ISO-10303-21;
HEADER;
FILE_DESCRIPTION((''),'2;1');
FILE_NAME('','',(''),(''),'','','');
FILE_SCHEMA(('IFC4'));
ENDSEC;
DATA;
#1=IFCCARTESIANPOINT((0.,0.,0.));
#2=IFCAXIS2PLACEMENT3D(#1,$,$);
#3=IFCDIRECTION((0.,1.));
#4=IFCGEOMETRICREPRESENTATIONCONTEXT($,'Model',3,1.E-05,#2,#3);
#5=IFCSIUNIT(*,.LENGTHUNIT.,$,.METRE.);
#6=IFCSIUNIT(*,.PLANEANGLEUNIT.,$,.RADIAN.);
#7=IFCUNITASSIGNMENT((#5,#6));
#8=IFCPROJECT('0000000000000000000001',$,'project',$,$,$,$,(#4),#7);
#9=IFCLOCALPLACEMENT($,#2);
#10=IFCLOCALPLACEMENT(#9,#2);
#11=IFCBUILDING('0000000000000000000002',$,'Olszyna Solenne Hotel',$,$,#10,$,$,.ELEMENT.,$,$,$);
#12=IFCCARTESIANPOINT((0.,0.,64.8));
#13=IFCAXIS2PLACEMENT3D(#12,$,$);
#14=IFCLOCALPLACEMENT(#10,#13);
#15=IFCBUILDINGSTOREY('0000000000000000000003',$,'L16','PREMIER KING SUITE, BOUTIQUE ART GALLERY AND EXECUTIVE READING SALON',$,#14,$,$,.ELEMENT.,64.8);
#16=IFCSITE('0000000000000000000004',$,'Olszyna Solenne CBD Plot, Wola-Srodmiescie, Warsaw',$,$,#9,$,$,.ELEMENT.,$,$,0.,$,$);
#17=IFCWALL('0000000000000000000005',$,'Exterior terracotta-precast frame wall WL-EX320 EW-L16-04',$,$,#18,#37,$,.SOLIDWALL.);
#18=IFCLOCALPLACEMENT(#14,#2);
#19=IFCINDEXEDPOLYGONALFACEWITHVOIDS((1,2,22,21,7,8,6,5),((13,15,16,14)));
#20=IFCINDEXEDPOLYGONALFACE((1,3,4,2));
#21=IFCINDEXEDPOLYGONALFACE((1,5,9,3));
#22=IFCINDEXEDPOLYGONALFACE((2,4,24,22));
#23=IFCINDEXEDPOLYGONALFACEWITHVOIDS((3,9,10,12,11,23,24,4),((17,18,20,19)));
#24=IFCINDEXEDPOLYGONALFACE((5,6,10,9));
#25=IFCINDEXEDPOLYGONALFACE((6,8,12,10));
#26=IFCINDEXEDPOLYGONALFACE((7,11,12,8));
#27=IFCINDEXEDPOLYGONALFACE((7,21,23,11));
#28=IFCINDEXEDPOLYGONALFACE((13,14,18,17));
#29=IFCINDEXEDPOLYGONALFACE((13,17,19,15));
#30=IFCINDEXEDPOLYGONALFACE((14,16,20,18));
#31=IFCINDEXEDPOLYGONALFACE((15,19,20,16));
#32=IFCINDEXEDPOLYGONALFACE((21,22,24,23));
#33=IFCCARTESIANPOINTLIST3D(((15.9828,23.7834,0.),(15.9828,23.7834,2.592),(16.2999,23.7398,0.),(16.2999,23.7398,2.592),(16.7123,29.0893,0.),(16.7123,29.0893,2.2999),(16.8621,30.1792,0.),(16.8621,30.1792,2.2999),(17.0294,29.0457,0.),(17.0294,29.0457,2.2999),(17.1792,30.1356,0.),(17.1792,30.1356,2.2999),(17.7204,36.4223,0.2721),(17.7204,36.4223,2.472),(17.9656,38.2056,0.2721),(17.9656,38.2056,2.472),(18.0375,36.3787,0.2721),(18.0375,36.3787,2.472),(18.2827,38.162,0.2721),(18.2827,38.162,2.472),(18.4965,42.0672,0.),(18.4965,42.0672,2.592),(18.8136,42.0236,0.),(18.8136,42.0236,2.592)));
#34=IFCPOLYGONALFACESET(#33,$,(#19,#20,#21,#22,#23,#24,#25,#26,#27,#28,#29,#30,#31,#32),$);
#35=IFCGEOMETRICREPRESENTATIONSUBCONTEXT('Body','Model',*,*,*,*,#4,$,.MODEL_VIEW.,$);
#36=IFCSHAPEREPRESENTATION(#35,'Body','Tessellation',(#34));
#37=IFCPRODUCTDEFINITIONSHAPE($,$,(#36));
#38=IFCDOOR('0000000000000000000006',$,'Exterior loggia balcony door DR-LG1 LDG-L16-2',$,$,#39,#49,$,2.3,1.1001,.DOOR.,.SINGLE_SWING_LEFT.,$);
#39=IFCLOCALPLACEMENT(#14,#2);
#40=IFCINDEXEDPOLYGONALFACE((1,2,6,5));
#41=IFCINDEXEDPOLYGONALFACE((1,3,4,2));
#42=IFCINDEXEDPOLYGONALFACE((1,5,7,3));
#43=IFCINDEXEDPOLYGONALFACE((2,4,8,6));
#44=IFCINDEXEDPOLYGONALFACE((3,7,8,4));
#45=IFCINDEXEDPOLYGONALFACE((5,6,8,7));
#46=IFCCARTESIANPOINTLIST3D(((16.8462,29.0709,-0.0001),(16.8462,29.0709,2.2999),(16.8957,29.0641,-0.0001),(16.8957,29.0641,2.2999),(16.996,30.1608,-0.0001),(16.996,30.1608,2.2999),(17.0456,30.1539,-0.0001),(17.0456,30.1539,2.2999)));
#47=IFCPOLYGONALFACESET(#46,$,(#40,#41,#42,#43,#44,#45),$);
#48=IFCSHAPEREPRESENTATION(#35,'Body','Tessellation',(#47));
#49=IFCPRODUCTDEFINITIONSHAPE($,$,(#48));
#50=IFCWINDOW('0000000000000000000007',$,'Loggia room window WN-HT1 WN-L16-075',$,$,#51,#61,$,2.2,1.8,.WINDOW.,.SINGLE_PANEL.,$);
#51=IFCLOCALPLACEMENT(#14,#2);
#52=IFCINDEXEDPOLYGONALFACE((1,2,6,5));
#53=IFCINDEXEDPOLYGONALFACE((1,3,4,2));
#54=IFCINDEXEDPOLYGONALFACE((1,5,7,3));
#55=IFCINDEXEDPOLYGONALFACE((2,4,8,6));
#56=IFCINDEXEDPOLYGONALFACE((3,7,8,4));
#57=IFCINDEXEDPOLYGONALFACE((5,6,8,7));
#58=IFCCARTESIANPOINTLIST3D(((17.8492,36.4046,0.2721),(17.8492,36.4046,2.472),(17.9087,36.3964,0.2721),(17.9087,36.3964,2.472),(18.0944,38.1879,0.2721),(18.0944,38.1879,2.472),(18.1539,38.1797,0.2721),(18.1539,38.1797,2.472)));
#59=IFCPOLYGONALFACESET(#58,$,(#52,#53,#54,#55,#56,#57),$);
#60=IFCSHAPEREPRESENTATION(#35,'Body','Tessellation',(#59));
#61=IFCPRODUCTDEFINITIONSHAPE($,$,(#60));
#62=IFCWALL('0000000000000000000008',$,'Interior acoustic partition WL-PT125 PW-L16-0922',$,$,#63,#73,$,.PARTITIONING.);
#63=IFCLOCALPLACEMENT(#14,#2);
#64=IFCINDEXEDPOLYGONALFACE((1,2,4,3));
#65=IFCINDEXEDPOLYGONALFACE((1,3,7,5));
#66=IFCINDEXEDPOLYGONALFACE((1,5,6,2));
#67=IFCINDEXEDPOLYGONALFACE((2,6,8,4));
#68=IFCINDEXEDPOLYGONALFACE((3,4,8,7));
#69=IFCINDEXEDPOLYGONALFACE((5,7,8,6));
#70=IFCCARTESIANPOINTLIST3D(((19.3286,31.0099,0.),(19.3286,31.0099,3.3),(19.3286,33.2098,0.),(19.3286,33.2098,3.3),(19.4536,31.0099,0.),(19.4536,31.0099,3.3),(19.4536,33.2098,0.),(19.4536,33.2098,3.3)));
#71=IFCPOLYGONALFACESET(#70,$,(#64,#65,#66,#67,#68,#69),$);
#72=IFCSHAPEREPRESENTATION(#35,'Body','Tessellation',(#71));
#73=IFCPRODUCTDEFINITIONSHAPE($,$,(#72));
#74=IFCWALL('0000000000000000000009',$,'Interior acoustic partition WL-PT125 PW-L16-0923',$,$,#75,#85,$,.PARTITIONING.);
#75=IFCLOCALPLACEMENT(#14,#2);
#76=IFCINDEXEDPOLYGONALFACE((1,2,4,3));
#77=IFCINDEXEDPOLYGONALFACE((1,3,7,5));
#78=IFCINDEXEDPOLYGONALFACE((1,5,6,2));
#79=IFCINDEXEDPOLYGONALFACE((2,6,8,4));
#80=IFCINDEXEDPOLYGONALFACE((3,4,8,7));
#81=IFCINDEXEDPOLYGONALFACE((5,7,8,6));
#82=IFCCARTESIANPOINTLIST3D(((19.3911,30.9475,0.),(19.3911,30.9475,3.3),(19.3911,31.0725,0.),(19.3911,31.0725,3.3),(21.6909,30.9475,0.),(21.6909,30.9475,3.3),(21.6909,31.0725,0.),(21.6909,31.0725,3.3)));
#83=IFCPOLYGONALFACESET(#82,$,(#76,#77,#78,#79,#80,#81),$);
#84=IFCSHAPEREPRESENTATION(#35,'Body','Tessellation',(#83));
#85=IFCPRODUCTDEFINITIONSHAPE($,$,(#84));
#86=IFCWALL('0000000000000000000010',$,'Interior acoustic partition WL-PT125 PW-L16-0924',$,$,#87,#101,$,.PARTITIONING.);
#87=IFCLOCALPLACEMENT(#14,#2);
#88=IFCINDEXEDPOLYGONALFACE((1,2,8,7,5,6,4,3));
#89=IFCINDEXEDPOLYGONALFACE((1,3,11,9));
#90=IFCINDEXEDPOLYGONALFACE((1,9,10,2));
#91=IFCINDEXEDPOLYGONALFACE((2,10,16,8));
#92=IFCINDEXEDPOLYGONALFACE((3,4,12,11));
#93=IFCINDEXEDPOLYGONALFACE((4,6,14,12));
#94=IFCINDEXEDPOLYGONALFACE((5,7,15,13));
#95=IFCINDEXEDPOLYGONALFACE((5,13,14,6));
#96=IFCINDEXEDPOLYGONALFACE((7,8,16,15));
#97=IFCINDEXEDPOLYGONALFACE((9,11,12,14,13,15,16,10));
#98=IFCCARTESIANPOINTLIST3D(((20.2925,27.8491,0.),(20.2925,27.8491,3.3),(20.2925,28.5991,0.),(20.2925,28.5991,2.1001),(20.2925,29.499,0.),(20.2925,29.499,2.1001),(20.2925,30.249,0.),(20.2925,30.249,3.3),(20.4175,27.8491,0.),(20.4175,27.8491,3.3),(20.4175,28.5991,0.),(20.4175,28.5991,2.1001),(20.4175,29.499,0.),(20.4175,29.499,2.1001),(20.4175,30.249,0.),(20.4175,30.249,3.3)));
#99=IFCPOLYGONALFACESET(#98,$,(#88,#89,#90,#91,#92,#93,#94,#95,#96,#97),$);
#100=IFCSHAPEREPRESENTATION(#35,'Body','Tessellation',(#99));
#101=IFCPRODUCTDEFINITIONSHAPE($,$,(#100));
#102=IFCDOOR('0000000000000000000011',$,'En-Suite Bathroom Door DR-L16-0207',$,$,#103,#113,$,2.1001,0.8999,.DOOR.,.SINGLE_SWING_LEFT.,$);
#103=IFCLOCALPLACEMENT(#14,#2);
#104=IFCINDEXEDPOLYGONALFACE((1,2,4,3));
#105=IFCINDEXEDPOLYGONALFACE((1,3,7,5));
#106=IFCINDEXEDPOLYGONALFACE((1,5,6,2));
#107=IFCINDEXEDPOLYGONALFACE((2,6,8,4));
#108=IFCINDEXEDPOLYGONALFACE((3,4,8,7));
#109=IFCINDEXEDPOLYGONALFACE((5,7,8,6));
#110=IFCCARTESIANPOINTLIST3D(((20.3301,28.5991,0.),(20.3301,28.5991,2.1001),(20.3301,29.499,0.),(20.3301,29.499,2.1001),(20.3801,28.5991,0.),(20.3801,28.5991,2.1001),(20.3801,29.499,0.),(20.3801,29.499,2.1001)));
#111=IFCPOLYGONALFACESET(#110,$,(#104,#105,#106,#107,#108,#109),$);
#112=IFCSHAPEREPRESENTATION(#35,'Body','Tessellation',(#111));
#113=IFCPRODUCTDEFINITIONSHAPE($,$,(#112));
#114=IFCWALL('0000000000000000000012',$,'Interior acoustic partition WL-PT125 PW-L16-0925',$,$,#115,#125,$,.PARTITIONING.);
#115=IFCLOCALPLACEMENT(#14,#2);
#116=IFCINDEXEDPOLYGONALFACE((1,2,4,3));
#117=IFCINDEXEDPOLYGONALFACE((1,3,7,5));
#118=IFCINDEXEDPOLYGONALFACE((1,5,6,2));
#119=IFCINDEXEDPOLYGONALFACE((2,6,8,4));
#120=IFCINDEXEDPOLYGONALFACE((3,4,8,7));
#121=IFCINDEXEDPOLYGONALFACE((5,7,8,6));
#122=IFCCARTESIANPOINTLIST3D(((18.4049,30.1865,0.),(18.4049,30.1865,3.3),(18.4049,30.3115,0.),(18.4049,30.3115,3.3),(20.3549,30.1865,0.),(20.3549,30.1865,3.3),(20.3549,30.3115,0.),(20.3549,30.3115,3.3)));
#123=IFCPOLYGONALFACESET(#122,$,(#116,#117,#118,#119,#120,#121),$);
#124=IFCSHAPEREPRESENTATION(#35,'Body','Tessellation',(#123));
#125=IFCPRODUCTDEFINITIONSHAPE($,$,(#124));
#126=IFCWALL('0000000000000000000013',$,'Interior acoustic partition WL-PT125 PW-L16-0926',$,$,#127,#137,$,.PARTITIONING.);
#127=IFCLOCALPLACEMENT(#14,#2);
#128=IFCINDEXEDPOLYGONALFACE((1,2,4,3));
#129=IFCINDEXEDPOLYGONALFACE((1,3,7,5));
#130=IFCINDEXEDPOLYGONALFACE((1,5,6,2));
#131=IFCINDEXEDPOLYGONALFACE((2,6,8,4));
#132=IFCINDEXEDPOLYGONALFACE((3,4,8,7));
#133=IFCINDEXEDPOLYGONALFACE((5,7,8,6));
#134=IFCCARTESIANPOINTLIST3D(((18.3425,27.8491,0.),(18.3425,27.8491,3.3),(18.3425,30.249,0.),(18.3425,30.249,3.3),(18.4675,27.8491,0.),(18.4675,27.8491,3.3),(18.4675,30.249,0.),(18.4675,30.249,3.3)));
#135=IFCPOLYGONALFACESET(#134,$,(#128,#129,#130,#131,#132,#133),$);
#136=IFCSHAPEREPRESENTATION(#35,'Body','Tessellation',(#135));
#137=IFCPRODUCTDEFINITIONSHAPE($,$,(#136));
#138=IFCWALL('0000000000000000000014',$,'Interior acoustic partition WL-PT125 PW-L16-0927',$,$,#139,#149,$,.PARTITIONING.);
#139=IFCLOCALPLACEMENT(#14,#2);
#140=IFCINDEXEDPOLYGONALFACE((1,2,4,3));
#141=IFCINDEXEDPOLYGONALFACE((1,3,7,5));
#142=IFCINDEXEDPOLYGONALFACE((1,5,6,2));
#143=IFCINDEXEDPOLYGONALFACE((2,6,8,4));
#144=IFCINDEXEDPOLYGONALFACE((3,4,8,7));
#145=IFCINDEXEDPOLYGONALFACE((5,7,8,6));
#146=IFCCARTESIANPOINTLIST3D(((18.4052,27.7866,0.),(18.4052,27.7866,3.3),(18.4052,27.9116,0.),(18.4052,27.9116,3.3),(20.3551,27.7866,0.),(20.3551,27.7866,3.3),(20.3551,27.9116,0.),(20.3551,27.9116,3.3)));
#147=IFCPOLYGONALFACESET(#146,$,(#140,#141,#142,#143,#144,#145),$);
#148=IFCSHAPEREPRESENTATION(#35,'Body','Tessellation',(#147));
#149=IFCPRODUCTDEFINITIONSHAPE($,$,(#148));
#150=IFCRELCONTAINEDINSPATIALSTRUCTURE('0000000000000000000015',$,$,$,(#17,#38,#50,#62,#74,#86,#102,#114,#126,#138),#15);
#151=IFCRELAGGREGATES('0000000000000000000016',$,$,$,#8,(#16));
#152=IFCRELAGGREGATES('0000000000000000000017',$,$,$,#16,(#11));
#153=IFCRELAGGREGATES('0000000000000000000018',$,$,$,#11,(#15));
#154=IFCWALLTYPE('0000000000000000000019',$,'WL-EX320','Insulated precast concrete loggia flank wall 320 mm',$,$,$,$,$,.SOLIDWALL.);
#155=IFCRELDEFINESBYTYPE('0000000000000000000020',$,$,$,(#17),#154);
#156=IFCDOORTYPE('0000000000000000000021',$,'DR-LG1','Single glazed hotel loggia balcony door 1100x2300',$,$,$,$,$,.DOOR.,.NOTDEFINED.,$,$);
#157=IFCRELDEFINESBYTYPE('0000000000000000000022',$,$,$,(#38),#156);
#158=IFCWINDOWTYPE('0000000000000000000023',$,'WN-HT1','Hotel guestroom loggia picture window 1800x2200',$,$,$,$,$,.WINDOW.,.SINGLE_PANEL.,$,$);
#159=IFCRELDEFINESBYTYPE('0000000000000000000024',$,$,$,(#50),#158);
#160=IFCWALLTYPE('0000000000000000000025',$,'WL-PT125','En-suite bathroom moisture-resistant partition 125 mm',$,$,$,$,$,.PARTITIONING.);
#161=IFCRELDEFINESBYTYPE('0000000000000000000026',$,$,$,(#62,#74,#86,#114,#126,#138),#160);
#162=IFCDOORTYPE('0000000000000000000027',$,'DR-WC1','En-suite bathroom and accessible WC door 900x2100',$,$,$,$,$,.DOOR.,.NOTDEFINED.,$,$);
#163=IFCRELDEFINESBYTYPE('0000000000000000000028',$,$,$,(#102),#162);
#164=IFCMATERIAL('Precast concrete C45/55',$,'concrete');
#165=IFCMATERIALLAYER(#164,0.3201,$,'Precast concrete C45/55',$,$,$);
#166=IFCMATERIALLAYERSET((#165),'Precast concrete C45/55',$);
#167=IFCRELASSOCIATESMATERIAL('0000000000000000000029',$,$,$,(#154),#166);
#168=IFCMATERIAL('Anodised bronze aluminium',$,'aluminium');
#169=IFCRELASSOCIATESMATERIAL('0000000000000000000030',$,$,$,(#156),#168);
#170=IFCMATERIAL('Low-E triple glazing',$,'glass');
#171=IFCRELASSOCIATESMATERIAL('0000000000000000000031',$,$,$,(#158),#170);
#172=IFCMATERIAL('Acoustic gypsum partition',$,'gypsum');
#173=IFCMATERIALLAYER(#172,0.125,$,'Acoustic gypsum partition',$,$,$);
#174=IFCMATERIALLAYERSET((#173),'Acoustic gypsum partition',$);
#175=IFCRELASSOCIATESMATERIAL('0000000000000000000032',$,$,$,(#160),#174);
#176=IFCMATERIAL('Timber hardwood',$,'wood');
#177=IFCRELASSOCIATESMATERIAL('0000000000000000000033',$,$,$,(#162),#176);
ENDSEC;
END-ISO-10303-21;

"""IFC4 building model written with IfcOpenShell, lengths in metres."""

from ifc_helpers import new_model, si_unit, direction, frame, frame_2d, origin, place, context, subcontext, project, spatial, rectangle, extrude, source, transform, mapped, material, layer, layer_set, type_object, type_shapes, element, fill, save


model = new_model("IFC4")

# Units and contexts
model_context = context("Model", 3, precision=1e-05, world=origin(), true_north=direction((0.0, 1.0)))
body_context = subcontext(model_context, "Body", "Model", "MODEL_VIEW")
ifc_project = project(units=[si_unit("LENGTHUNIT", "METRE"), si_unit("PLANEANGLEUNIT", "RADIAN")], contexts=[model_context])

# Site, building, storey
site_placement = place(None, origin())
site = spatial("IfcSite", under=ifc_project, at=site_placement, Name="Olszyna Solenne CBD Plot, Wola-Srodmiescie, Warsaw", CompositionType="ELEMENT", RefElevation=0.0)
building_placement = place(site_placement, origin())
building = spatial("IfcBuilding", under=site, at=building_placement, Name="Olszyna Solenne Hotel", CompositionType="ELEMENT")
storey_placement = place(building_placement, frame((0.0, 0.0, 64.8)))
storey = spatial("IfcBuildingStorey", under=building, at=storey_placement, Name="L16", Description="PREMIER KING SUITE, BOUTIQUE ART GALLERY AND EXECUTIVE READING SALON", CompositionType="ELEMENT", Elevation=64.8)

# Shared definitions
ifc_material_1 = material(Name="Anodised bronze aluminium", Category="aluminium")

# Wall, openings, door, window
ifc_material_2 = material(Name="Precast concrete C45/55", Category="concrete")
ifc_layer_1 = layer(ifc_material_2, 0.3201, Name="Precast concrete C45/55")
ifc_layer_set_1 = layer_set([ifc_layer_1], Name="Precast concrete C45/55")
wall_type_1 = type_object("IfcWallType", Name="WL-EX320", Description="Insulated precast concrete loggia flank wall 320 mm", PredefinedType="SOLIDWALL", material=ifc_layer_set_1)
wall_1_placement = place(storey_placement, frame((16.1414, 23.7615, 0.0), z_axis=(0.0, 0.0, 1.0), x_axis=(0.136199, 0.990682, 0.0)))
wall_1 = element("IfcWall", 1, at=wall_1_placement, inside=storey, type_object=wall_type_1, Name="Exterior terracotta-precast frame wall WL-EX320 EW-L16-04", PredefinedType="SOLIDWALL", context=body_context, shape_type="SweptSolid", body=[
    extrude(rectangle(XDim=18.4558, YDim=0.3201, at=frame_2d((9.228, 0.0))), origin(), (0.0, 0.0, 1.0), 2.592),
])
opening_1_placement = place(wall_1_placement, frame((5.356, 0.0, 0.0)))
opening_1 = element("IfcOpeningElement", 2, at=opening_1_placement, cuts=wall_1, PredefinedType="OPENING", context=body_context, shape_type="SweptSolid", body=[
    extrude(rectangle(XDim=1.1001, YDim=2.3, at=frame_2d((0.55, 1.1499))), frame((0.0, 0.1699, 0.0), z_axis=(0.0, -1.0, 0.0), x_axis=(1.0, 0.0, 0.0)), (0.0, 0.0, 1.0), 0.3401),
])
opening_2_placement = place(wall_1_placement, frame((12.7581, 0.0, 0.272)))
opening_2 = element("IfcOpeningElement", 3, at=opening_2_placement, cuts=wall_1, PredefinedType="OPENING", context=body_context, shape_type="SweptSolid", body=[
    extrude(rectangle(XDim=1.8, YDim=2.2, at=frame_2d((0.8999, 1.1001))), frame((0.0, 0.1699, 0.0), z_axis=(0.0, -1.0, 0.0), x_axis=(1.0, 0.0, 0.0)), (0.0, 0.0, 1.0), 0.3401),
])
door_type_1 = type_object("IfcDoorType", Name="DR-LG1", Description="Single glazed hotel loggia balcony door 1100x2300", OperationType="NOTDEFINED", PredefinedType="DOOR", material=ifc_material_1)
shared_shape_1 = source(origin(), body_context, "Body", "SweptSolid", [
    extrude(rectangle(XDim=1.1001, YDim=2.3, at=frame_2d((0.55, 1.1499))), frame((0.0, 0.0249, 0.0), z_axis=(0.0, -1.0, 0.0), x_axis=(1.0, 0.0, 0.0)), (0.0, 0.0, 1.0), 0.05),
])
type_shapes(door_type_1, [shared_shape_1])
door_1_placement = place(opening_1_placement, origin())
door_1 = element("IfcDoor", 4, at=door_1_placement, inside=storey, type_object=door_type_1, Name="Exterior loggia balcony door DR-LG1 LDG-L16-2", OperationType="SINGLE_SWING_LEFT", OverallHeight=2.3, OverallWidth=1.1001, PredefinedType="DOOR", context=body_context, shape_type="MappedRepresentation", body=[
    mapped(shared_shape_1, transform((0.0, 0.0, 0.0), x_axis=(1.0, 0.0, 0.0), y_axis=(0.0, 1.0, 0.0), z_axis=(0.0, 0.0, 1.0), scale=1.0)),
])
fill(opening_1, door_1)
ifc_material_3 = material(Name="Low-E triple glazing", Category="glass")
window_type = type_object("IfcWindowType", Name="WN-HT1", Description="Hotel guestroom loggia picture window 1800x2200", PartitioningType="SINGLE_PANEL", PredefinedType="WINDOW", material=ifc_material_3)
shared_shape_2 = source(origin(), body_context, "Body", "SweptSolid", [
    extrude(rectangle(XDim=1.8, YDim=2.2, at=frame_2d((0.8999, 1.1001))), frame((0.0, 0.03, 0.0), z_axis=(0.0, -1.0, 0.0), x_axis=(1.0, 0.0, 0.0)), (0.0, 0.0, 1.0), 0.0601),
])
type_shapes(window_type, [shared_shape_2])
window_placement = place(opening_2_placement, origin())
window = element("IfcWindow", 5, at=window_placement, inside=storey, type_object=window_type, Name="Loggia room window WN-HT1 WN-L16-075", OverallHeight=2.2, OverallWidth=1.8, PartitioningType="SINGLE_PANEL", PredefinedType="WINDOW", context=body_context, shape_type="MappedRepresentation", body=[
    mapped(shared_shape_2, transform((0.0, 0.0, 0.0), x_axis=(1.0, 0.0, 0.0), y_axis=(0.0, 1.0, 0.0), z_axis=(0.0, 0.0, 1.0), scale=1.0)),
])
fill(opening_2, window)

# Walls
ifc_material_4 = material(Name="Acoustic gypsum partition", Category="gypsum")
ifc_layer_2 = layer(ifc_material_4, 0.125, Name="Acoustic gypsum partition")
ifc_layer_set_2 = layer_set([ifc_layer_2], Name="Acoustic gypsum partition")
wall_type_2 = type_object("IfcWallType", Name="WL-PT125", Description="En-suite bathroom moisture-resistant partition 125 mm", PredefinedType="PARTITIONING", material=ifc_layer_set_2)
wall_2_placement = place(storey_placement, frame((19.3911, 33.21, 0.0), z_axis=(0.0, 0.0, 1.0), x_axis=(0.0, -1.0, 0.0)))
element("IfcWall", 6, at=wall_2_placement, inside=storey, type_object=wall_type_2, Name="Interior acoustic partition WL-PT125 PW-L16-0922", PredefinedType="PARTITIONING", context=body_context, shape_type="SweptSolid", body=[
    extrude(rectangle(XDim=2.2, YDim=0.125, at=frame_2d((1.1001, 0.0))), origin(), (0.0, 0.0, 1.0), 3.3),
])
wall_3_placement = place(storey_placement, frame((19.3911, 31.01, 0.0), z_axis=(0.0, 0.0, 1.0), x_axis=(1.0, 0.0, 0.0)))
element("IfcWall", 7, at=wall_3_placement, inside=storey, type_object=wall_type_2, Name="Interior acoustic partition WL-PT125 PW-L16-0923", PredefinedType="PARTITIONING", context=body_context, shape_type="SweptSolid", body=[
    extrude(rectangle(XDim=2.2998, YDim=0.125, at=frame_2d((1.1499, 0.0))), origin(), (0.0, 0.0, 1.0), 3.3),
])

# Wall, opening, door
wall_4_placement = place(storey_placement, frame((20.355, 27.8491, 0.0), z_axis=(0.0, 0.0, 1.0), x_axis=(0.0, 1.0, 0.0)))
wall_4 = element("IfcWall", 8, at=wall_4_placement, inside=storey, type_object=wall_type_2, Name="Interior acoustic partition WL-PT125 PW-L16-0924", PredefinedType="PARTITIONING", context=body_context, shape_type="SweptSolid", body=[
    extrude(rectangle(XDim=2.3999, YDim=0.125, at=frame_2d((1.2, 0.0))), origin(), (0.0, 0.0, 1.0), 3.3),
])
opening_3_placement = place(wall_4_placement, frame((0.75, 0.0, 0.0)))
opening_3 = element("IfcOpeningElement", 9, at=opening_3_placement, cuts=wall_4, PredefinedType="OPENING", context=body_context, shape_type="SweptSolid", body=[
    extrude(rectangle(XDim=0.8999, YDim=2.1001, at=frame_2d((0.45, 1.05))), frame((0.0, 0.0725, 0.0), z_axis=(0.0, -1.0, 0.0), x_axis=(1.0, 0.0, 0.0)), (0.0, 0.0, 1.0), 0.145),
])
ifc_material_5 = material(Name="Timber hardwood", Category="wood")
door_type_2 = type_object("IfcDoorType", Name="DR-WC1", Description="En-suite bathroom and accessible WC door 900x2100", OperationType="NOTDEFINED", PredefinedType="DOOR", material=ifc_material_5)
shared_shape_3 = source(origin(), body_context, "Body", "SweptSolid", [
    extrude(rectangle(XDim=0.8999, YDim=2.1001, at=frame_2d((0.45, 1.05))), frame((0.0, 0.0249, 0.0), z_axis=(0.0, -1.0, 0.0), x_axis=(1.0, 0.0, 0.0)), (0.0, 0.0, 1.0), 0.05),
])
type_shapes(door_type_2, [shared_shape_3])
door_2_placement = place(opening_3_placement, origin())
door_2 = element("IfcDoor", 10, at=door_2_placement, inside=storey, type_object=door_type_2, Name="En-Suite Bathroom Door DR-L16-0207", OperationType="SINGLE_SWING_LEFT", OverallHeight=2.1001, OverallWidth=0.8999, PredefinedType="DOOR", context=body_context, shape_type="MappedRepresentation", body=[
    mapped(shared_shape_3, transform((0.0, 0.0, 0.0), x_axis=(1.0, 0.0, 0.0), y_axis=(0.0, 1.0, 0.0), z_axis=(0.0, 0.0, 1.0), scale=1.0)),
])
fill(opening_3, door_2)

# Walls
wall_5_placement = place(storey_placement, frame((20.355, 30.249, 0.0), z_axis=(0.0, 0.0, 1.0), x_axis=(-1.0, 0.0, 0.0)))
element("IfcWall", 11, at=wall_5_placement, inside=storey, type_object=wall_type_2, Name="Interior acoustic partition WL-PT125 PW-L16-0925", PredefinedType="PARTITIONING", context=body_context, shape_type="SweptSolid", body=[
    extrude(rectangle(XDim=1.95, YDim=0.125, at=frame_2d((0.9751, 0.0))), origin(), (0.0, 0.0, 1.0), 3.3),
])
wall_6_placement = place(storey_placement, frame((18.405, 30.249, 0.0), z_axis=(0.0, 0.0, 1.0), x_axis=(0.0, -1.0, 0.0)))
element("IfcWall", 12, at=wall_6_placement, inside=storey, type_object=wall_type_2, Name="Interior acoustic partition WL-PT125 PW-L16-0926", PredefinedType="PARTITIONING", context=body_context, shape_type="SweptSolid", body=[
    extrude(rectangle(XDim=2.3999, YDim=0.125, at=frame_2d((1.2, 0.0))), origin(), (0.0, 0.0, 1.0), 3.3),
])
wall_7_placement = place(storey_placement, frame((18.405, 27.8491, 0.0), z_axis=(0.0, 0.0, 1.0), x_axis=(1.0, 0.0, 0.0)))
element("IfcWall", 13, at=wall_7_placement, inside=storey, type_object=wall_type_2, Name="Interior acoustic partition WL-PT125 PW-L16-0927", PredefinedType="PARTITIONING", context=body_context, shape_type="SweptSolid", body=[
    extrude(rectangle(XDim=1.95, YDim=0.125, at=frame_2d((0.9751, 0.0))), origin(), (0.0, 0.0, 1.0), 3.3),
])

save(model, "model.ifc")
